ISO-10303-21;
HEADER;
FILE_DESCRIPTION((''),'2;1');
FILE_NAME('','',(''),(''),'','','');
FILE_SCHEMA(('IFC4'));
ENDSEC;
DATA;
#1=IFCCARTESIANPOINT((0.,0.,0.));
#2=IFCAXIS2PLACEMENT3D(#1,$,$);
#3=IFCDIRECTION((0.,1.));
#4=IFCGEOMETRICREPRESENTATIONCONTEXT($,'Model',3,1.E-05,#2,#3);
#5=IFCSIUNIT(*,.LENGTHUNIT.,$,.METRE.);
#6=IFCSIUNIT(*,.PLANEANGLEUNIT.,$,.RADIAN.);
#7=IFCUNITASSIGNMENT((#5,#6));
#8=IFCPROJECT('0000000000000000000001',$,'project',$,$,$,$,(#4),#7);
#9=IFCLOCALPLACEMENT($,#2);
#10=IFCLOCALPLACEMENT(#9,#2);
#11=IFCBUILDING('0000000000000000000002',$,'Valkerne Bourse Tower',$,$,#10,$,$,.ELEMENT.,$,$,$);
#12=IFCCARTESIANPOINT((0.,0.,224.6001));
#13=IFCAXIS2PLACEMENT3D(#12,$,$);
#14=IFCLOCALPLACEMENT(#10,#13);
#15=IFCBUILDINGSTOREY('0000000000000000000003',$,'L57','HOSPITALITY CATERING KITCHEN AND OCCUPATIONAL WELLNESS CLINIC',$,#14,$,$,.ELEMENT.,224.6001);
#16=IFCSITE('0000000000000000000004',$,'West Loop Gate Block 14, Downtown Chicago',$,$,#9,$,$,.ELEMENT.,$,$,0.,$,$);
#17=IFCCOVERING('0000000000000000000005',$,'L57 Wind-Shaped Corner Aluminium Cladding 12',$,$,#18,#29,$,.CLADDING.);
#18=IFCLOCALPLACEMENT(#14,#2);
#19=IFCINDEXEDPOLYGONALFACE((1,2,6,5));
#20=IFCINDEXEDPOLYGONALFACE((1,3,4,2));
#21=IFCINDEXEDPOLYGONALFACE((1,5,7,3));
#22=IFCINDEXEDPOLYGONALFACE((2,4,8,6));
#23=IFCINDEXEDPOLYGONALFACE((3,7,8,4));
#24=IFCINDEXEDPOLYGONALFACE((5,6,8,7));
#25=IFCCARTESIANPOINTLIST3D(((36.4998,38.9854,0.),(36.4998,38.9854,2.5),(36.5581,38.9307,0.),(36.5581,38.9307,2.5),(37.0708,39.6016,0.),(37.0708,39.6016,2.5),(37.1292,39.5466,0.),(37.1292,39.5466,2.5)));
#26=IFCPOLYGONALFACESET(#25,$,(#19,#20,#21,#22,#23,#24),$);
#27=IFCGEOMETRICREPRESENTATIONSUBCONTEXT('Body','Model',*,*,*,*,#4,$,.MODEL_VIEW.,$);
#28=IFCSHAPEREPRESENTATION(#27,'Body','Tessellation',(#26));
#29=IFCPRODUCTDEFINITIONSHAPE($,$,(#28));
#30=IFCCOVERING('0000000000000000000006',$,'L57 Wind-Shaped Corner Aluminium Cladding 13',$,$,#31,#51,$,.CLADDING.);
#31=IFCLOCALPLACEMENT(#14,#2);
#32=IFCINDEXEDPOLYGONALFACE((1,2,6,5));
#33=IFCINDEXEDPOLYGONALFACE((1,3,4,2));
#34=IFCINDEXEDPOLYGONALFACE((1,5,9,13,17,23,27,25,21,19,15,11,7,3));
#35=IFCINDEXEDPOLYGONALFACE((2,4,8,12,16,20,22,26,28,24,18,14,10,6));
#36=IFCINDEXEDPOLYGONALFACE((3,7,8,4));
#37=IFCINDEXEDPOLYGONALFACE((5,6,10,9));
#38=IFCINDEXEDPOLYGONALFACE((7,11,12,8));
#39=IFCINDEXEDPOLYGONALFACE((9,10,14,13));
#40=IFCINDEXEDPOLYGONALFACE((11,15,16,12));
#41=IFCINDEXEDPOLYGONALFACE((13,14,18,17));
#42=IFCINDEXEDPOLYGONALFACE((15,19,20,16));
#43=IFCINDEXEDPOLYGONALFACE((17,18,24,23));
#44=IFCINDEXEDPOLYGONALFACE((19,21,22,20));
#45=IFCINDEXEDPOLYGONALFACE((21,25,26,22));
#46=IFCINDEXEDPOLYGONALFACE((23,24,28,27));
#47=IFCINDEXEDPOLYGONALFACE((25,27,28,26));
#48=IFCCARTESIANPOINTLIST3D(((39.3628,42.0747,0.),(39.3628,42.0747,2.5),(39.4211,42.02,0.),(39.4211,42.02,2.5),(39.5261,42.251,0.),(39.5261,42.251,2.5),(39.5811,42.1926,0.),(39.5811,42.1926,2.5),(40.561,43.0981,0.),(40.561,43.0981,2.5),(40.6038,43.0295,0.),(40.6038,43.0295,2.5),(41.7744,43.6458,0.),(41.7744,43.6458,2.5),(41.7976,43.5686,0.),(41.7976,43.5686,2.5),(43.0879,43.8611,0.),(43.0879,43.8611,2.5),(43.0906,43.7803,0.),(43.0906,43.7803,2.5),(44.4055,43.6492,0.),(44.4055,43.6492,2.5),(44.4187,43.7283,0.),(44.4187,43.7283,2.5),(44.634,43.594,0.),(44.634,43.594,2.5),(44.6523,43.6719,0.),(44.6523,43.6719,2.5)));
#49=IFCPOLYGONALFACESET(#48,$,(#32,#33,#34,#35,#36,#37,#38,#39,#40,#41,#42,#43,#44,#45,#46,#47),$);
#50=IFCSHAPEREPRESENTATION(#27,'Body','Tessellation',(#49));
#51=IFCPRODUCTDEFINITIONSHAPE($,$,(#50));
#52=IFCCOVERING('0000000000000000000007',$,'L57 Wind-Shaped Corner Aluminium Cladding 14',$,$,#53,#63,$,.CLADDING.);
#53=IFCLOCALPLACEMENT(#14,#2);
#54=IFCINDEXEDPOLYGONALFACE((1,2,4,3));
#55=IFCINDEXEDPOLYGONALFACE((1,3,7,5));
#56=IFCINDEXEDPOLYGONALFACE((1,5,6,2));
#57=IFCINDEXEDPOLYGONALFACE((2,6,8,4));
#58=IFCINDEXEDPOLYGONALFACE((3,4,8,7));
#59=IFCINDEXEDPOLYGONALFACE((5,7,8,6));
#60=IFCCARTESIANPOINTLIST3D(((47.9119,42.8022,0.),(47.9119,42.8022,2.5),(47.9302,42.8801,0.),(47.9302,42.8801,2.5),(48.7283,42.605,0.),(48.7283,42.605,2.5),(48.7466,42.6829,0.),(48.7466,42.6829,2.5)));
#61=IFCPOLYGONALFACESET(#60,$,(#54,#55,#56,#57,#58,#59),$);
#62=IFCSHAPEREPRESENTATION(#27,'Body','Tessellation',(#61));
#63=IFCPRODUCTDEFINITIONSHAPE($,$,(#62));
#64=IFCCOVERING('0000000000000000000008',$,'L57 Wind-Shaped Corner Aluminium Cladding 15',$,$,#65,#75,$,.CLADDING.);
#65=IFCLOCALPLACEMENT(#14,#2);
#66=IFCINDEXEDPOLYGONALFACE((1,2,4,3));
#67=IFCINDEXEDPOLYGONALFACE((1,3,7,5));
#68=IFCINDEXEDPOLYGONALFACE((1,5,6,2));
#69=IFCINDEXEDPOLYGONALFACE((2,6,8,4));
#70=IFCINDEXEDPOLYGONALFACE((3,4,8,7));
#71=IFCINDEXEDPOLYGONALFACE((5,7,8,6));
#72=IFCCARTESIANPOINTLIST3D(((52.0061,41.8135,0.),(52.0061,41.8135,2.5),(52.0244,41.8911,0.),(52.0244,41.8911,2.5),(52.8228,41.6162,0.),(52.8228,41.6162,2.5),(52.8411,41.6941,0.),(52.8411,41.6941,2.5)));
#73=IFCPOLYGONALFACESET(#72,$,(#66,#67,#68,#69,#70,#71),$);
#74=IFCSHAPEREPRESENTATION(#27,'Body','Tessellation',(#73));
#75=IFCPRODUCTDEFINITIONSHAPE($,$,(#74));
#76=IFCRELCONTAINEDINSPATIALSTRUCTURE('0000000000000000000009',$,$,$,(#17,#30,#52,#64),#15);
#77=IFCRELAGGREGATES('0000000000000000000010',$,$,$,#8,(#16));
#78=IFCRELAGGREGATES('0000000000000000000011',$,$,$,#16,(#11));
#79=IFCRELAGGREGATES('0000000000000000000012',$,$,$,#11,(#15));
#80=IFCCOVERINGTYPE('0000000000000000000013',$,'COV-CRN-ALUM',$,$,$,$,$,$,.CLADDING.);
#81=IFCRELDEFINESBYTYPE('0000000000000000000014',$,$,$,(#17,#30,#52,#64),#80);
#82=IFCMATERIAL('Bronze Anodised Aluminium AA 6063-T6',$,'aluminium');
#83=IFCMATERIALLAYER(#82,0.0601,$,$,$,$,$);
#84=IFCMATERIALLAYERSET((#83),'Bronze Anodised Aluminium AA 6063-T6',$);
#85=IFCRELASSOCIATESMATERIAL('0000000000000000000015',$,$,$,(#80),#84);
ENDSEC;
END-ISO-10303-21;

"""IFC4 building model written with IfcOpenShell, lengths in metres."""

from ifc_helpers import new_model, si_unit, direction, frame, origin, place, context, subcontext, project, spatial, polyline, outline, extrude, material, layer, layer_set, type_object, element, save


model = new_model("IFC4")

# Units and contexts
model_context = context("Model", 3, precision=1e-05, world=origin(), true_north=direction((0.0, 1.0)))
body_context = subcontext(model_context, "Body", "Model", "MODEL_VIEW")
ifc_project = project(units=[si_unit("LENGTHUNIT", "METRE"), si_unit("PLANEANGLEUNIT", "RADIAN")], contexts=[model_context])

# Site, building, storey
site_placement = place(None, origin())
site = spatial("IfcSite", under=ifc_project, at=site_placement, Name="West Loop Gate Block 14, Downtown Chicago", CompositionType="ELEMENT", RefElevation=0.0)
building_placement = place(site_placement, origin())
building = spatial("IfcBuilding", under=site, at=building_placement, Name="Valkerne Bourse Tower", CompositionType="ELEMENT")
storey_placement = place(building_placement, frame((0.0, 0.0, 224.6001)))
storey = spatial("IfcBuildingStorey", under=building, at=storey_placement, Name="L57", Description="HOSPITALITY CATERING KITCHEN AND OCCUPATIONAL WELLNESS CLINIC", CompositionType="ELEMENT", Elevation=224.6001)

# Coverings
ifc_material_1 = material(Name="Bronze Anodised Aluminium AA 6063-T6", Category="aluminium")
ifc_layer_1 = layer(ifc_material_1, 0.0601)
ifc_layer_set_1 = layer_set([ifc_layer_1], Name="Bronze Anodised Aluminium AA 6063-T6")
covering_type = type_object("IfcCoveringType", Name="COV-CRN-ALUM", PredefinedType="CLADDING", material=ifc_layer_set_1)
covering_1_placement = place(storey_placement, origin())
element("IfcCovering", 1, at=covering_1_placement, inside=storey, type_object=covering_type, Name="L57 Wind-Shaped Corner Aluminium Cladding 12", PredefinedType="CLADDING", context=body_context, shape_type="SweptSolid", body=[
    extrude(outline(polyline([(37.0708, 39.6016), (37.1292, 39.5466), (36.5581, 38.9307), (36.4998, 38.9854), (37.0708, 39.6016)])), origin(), (0.0, 0.0, 1.0), 2.5),
])
covering_2_placement = place(storey_placement, origin())
element("IfcCovering", 2, at=covering_2_placement, inside=storey, type_object=covering_type, Name="L57 Wind-Shaped Corner Aluminium Cladding 13", PredefinedType="CLADDING", context=body_context, shape_type="SweptSolid", body=[
    extrude(outline(polyline([(39.5261, 42.251), (40.561, 43.0981), (41.7744, 43.6458), (43.0879, 43.8611), (44.4187, 43.7283), (44.6523, 43.6719), (44.634, 43.594), (44.4055, 43.6492), (43.0906, 43.7803), (41.7976, 43.5686), (40.6038, 43.0295), (39.5811, 42.1926), (39.4211, 42.02), (39.3628, 42.0747), (39.5261, 42.251)])), origin(), (0.0, 0.0, 1.0), 2.5),
])
covering_3_placement = place(storey_placement, origin())
element("IfcCovering", 3, at=covering_3_placement, inside=storey, type_object=covering_type, Name="L57 Wind-Shaped Corner Aluminium Cladding 14", PredefinedType="CLADDING", context=body_context, shape_type="SweptSolid", body=[
    extrude(outline(polyline([(48.7466, 42.6829), (48.7283, 42.605), (47.9119, 42.8022), (47.9302, 42.8801), (48.7466, 42.6829)])), origin(), (0.0, 0.0, 1.0), 2.5),
])
covering_4_placement = place(storey_placement, origin())
element("IfcCovering", 4, at=covering_4_placement, inside=storey, type_object=covering_type, Name="L57 Wind-Shaped Corner Aluminium Cladding 15", PredefinedType="CLADDING", context=body_context, shape_type="SweptSolid", body=[
    extrude(outline(polyline([(52.8411, 41.6941), (52.8228, 41.6162), (52.0061, 41.8135), (52.0244, 41.8911), (52.8411, 41.6941)])), origin(), (0.0, 0.0, 1.0), 2.5),
])

save(model, "model.ifc")
